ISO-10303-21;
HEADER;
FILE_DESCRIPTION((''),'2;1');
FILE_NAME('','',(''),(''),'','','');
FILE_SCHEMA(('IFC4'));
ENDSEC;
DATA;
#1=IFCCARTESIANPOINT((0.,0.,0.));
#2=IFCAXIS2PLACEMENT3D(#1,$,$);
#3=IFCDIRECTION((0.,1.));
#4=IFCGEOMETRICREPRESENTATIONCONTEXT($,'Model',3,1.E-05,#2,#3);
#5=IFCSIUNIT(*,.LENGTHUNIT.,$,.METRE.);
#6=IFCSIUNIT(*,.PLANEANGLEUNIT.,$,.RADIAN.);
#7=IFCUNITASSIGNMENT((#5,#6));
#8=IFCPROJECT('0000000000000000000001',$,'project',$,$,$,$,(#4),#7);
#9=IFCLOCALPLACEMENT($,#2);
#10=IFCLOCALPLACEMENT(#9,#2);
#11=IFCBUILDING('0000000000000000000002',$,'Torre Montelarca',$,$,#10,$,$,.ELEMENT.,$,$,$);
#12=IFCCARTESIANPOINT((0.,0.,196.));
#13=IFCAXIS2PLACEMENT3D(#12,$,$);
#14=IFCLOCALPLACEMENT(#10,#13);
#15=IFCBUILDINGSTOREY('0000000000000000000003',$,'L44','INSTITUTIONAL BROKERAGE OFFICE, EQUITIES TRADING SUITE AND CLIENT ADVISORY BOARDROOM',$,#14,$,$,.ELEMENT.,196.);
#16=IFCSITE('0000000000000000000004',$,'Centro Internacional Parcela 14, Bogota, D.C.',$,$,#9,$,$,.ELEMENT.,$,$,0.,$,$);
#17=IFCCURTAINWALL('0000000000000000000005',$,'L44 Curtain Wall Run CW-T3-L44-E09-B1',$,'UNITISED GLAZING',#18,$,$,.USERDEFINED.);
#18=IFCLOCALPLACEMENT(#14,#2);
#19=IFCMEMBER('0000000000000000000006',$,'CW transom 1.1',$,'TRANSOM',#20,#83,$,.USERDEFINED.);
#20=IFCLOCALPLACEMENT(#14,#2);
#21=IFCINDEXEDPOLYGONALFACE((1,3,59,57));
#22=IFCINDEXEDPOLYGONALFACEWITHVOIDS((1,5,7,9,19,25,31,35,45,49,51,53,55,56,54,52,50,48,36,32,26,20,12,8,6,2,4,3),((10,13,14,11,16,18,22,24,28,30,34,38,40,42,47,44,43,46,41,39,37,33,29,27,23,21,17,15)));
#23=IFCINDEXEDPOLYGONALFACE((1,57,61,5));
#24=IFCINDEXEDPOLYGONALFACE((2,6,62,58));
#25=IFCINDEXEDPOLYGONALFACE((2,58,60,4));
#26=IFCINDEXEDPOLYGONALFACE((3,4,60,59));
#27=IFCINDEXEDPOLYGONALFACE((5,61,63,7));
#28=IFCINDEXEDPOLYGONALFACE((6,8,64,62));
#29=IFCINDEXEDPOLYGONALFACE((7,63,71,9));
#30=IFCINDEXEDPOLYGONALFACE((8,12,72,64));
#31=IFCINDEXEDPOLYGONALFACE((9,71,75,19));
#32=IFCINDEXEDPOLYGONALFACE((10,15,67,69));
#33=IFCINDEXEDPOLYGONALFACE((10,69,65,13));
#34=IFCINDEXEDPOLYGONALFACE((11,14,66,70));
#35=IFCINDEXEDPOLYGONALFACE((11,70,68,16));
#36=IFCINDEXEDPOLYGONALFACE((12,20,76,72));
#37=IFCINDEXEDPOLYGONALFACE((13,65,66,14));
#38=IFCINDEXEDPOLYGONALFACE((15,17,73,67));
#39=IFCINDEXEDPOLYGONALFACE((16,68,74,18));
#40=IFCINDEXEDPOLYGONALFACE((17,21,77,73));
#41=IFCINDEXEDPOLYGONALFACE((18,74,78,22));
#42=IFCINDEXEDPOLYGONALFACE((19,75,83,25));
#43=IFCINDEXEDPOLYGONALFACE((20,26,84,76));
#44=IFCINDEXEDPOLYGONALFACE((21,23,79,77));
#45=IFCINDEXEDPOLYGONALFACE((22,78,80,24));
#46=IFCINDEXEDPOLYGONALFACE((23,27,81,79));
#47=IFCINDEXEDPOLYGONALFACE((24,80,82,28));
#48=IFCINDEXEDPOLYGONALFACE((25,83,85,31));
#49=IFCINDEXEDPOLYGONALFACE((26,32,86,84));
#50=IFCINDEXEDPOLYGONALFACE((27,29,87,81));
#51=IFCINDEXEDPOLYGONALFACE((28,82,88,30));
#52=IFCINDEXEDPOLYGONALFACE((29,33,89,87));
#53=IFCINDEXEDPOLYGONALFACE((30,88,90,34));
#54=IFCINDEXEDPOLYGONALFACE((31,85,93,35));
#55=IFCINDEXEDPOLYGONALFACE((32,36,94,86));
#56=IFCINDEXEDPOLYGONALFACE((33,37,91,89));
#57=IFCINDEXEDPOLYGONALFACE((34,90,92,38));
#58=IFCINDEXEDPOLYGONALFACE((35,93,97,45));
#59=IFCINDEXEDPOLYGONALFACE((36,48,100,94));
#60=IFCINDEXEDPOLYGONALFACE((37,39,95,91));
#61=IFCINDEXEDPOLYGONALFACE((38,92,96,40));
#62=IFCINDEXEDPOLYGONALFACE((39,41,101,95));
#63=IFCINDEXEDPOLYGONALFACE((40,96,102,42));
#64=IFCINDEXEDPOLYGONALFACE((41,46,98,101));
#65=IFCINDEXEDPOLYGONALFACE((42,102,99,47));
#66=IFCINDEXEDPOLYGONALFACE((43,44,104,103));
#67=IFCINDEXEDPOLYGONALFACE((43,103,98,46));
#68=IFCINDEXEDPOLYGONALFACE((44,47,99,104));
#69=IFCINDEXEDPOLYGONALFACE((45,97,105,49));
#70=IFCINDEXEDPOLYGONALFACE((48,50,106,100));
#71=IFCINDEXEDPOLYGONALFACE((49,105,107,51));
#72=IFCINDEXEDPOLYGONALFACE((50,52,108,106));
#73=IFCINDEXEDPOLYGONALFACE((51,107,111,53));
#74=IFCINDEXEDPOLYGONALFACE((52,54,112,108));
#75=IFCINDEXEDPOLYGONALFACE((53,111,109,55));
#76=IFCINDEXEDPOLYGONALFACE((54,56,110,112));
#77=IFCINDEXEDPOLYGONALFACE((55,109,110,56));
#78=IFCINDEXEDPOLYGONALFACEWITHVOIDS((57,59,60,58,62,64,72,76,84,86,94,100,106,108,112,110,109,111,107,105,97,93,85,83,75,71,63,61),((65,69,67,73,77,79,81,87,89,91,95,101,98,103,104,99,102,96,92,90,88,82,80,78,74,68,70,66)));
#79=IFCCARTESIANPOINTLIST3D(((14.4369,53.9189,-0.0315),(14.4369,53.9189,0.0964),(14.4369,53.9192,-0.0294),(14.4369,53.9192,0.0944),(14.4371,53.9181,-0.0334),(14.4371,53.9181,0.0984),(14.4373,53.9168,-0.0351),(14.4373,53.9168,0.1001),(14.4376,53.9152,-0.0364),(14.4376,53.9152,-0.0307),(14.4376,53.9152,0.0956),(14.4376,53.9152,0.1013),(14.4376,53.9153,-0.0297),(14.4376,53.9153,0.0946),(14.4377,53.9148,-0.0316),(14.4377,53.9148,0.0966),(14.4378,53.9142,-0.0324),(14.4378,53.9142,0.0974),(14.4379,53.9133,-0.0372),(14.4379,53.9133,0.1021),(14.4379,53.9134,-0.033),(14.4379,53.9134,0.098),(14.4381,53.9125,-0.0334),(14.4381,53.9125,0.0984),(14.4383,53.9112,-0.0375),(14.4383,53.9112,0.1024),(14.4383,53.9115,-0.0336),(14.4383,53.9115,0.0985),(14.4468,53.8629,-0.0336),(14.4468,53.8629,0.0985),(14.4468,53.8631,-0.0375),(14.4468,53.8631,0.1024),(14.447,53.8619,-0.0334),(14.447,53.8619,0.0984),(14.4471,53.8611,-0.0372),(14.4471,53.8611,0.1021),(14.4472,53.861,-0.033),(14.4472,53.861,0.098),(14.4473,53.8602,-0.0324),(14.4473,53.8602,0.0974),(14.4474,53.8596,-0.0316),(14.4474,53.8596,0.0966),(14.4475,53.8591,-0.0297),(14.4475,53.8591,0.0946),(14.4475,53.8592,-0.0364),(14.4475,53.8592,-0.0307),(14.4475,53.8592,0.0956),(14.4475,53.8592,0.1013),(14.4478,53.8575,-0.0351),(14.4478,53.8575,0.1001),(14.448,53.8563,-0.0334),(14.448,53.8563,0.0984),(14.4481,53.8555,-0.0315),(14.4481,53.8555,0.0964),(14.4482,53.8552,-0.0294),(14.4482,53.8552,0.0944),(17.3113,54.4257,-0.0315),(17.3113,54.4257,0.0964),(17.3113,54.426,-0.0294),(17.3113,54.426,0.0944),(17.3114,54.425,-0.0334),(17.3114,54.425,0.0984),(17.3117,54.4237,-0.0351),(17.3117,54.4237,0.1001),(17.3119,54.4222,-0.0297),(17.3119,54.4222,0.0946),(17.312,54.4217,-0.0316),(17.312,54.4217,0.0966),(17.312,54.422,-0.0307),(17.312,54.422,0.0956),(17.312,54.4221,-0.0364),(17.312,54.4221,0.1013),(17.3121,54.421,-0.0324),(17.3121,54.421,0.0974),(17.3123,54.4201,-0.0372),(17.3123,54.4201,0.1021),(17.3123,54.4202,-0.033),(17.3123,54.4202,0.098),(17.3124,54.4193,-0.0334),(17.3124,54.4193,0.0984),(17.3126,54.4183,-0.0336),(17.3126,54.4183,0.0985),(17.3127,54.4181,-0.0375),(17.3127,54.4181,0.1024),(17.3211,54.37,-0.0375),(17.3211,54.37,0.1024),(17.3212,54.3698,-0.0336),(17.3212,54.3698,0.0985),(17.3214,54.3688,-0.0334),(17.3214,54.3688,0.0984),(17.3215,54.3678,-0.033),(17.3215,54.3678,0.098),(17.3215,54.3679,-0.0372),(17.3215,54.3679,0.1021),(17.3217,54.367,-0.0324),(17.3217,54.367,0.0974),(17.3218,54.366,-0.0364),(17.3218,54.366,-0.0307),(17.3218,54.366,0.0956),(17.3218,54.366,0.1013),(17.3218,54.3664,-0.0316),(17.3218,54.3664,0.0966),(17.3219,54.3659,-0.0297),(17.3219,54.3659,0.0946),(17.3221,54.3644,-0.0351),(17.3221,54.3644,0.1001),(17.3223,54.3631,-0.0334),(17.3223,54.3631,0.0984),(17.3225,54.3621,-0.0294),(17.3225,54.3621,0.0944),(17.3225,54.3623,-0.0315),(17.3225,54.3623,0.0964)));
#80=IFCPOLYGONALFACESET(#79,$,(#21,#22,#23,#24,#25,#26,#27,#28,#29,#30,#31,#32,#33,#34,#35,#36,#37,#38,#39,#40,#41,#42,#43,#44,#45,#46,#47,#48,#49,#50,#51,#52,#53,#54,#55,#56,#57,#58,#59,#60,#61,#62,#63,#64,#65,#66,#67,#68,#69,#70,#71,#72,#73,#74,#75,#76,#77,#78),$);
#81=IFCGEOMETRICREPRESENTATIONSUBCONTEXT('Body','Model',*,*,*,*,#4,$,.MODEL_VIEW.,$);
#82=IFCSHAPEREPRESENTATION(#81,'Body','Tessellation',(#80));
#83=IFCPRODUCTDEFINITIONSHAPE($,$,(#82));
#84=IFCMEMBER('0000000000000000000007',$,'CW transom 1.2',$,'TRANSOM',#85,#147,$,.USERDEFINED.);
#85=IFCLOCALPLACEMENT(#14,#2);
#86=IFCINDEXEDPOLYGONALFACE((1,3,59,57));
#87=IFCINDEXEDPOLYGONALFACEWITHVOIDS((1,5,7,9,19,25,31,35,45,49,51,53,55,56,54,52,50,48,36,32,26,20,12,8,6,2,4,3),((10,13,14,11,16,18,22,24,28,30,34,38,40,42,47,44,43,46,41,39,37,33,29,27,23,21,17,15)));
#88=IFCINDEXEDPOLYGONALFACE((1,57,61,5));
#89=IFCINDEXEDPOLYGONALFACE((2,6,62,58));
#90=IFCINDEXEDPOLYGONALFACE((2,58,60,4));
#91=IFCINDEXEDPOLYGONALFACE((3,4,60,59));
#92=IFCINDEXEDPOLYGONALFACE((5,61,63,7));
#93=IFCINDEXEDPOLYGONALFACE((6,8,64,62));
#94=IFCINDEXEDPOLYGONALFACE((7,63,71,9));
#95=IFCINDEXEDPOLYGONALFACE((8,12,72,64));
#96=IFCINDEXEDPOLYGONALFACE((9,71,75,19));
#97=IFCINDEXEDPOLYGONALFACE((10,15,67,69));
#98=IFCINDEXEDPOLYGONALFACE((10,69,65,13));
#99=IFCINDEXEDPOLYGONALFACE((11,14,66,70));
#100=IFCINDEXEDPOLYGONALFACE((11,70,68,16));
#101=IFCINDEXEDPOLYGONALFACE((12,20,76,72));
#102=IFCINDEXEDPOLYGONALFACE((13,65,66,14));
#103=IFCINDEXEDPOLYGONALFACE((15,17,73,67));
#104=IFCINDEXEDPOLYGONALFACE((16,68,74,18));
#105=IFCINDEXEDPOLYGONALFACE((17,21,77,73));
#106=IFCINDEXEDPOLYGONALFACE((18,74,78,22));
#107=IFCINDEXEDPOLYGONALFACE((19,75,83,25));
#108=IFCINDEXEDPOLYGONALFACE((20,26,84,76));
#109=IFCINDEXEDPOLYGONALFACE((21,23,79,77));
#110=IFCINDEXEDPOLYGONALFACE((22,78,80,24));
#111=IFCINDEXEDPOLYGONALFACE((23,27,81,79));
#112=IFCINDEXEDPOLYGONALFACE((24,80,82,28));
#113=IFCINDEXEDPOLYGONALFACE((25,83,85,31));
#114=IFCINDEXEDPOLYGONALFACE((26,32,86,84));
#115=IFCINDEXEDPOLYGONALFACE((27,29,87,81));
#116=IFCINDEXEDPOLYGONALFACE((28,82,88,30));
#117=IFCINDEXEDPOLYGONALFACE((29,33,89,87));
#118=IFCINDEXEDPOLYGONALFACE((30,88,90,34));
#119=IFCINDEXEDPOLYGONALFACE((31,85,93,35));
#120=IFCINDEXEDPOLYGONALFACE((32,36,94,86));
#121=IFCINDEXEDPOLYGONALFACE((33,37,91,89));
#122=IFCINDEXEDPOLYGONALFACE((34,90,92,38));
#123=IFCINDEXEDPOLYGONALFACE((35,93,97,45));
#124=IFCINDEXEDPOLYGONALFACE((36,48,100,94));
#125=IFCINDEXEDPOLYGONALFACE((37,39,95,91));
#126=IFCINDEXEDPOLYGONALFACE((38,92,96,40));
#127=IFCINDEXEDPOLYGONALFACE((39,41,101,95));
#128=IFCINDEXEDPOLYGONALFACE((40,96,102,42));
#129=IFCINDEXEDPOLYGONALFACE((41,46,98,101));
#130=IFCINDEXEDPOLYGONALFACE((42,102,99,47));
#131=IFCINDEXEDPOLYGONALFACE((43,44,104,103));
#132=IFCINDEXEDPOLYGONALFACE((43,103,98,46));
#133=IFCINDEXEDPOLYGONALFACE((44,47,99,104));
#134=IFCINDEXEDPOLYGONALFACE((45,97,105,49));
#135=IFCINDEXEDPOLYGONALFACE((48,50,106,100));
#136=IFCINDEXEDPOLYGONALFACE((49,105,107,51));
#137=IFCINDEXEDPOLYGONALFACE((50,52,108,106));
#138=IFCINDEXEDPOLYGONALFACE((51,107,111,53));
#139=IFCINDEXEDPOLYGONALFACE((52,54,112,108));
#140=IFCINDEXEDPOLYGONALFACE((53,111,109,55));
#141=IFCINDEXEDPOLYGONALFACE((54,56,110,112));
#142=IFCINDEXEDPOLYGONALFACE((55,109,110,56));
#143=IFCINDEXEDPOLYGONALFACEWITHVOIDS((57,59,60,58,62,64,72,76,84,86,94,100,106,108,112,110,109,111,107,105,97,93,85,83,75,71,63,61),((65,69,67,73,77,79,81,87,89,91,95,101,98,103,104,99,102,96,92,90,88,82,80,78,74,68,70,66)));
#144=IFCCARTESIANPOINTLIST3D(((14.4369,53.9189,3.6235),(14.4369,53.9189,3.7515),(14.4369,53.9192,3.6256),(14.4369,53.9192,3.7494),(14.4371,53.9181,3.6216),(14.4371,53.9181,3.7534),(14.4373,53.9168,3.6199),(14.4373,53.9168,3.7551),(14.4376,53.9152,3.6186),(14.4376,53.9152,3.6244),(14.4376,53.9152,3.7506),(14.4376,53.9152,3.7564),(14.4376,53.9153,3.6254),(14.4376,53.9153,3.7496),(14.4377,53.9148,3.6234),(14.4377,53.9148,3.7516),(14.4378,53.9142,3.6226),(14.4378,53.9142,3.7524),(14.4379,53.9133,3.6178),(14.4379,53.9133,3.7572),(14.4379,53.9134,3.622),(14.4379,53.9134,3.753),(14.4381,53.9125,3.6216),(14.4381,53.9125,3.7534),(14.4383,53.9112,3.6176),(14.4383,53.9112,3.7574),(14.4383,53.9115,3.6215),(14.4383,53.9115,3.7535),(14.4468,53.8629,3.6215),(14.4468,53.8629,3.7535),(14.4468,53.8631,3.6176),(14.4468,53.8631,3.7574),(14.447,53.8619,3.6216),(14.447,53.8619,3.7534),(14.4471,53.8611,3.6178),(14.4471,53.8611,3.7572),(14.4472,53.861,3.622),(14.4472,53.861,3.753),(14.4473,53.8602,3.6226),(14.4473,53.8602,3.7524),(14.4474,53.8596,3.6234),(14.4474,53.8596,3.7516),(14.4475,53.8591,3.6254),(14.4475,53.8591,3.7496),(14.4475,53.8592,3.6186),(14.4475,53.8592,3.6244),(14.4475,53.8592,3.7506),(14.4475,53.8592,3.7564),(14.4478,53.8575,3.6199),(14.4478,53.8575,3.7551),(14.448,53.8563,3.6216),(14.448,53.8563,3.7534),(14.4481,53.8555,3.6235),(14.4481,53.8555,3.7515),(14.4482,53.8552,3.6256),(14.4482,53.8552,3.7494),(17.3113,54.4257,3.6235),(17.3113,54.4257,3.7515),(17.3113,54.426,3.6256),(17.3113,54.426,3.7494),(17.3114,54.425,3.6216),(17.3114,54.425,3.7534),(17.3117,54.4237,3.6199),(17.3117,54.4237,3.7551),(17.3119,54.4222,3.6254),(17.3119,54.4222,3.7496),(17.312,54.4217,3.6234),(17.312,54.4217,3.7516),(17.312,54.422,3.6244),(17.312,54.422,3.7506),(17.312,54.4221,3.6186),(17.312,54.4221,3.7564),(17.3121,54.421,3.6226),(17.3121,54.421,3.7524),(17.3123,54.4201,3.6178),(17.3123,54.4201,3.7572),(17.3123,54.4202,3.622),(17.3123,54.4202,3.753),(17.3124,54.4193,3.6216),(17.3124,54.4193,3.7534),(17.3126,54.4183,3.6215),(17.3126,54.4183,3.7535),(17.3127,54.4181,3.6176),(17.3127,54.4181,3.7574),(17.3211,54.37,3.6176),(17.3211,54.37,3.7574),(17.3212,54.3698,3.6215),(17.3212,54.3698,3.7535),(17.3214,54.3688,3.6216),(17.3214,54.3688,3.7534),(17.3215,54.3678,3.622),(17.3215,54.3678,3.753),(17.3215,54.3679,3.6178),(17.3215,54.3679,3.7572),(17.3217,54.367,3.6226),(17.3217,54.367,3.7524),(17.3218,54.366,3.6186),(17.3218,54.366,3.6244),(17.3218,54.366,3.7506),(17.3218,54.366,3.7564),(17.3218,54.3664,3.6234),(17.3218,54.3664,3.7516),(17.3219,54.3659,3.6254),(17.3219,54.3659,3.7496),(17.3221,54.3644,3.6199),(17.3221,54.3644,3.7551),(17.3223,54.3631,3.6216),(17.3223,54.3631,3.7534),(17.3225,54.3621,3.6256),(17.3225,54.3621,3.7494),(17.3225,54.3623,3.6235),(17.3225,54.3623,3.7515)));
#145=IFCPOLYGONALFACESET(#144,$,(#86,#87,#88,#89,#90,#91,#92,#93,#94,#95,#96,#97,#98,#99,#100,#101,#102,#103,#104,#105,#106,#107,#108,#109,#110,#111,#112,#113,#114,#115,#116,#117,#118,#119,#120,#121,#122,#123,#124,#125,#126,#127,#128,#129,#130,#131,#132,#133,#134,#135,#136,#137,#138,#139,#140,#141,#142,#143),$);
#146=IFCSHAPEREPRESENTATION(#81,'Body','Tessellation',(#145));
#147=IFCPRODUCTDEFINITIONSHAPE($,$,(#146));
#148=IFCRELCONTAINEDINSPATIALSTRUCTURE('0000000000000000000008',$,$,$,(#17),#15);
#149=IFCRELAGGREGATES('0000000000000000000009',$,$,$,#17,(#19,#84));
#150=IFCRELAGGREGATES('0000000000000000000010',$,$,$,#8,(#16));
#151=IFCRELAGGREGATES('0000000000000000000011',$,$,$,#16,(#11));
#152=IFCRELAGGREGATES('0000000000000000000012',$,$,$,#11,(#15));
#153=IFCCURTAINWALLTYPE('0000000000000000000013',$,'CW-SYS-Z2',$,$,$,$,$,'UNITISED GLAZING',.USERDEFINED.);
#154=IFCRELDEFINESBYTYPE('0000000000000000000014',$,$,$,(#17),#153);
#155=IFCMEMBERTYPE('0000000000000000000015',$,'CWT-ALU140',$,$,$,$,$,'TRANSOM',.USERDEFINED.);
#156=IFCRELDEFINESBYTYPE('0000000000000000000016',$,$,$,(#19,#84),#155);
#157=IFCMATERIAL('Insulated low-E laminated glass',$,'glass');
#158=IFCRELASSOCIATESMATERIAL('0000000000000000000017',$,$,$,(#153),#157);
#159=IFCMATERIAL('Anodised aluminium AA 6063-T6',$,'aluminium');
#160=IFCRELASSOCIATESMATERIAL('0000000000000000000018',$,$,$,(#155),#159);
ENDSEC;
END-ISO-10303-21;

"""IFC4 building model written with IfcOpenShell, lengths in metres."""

from ifc_helpers import new_model, si_unit, direction, frame, origin, origin_2d, place, context, subcontext, project, spatial, hollow_rectangle, extrude, source, transform, mapped, material, material_profile, profile_set, type_object, element, aggregate, save


model = new_model("IFC4")

# Units and contexts
model_context = context("Model", 3, precision=1e-05, world=origin(), true_north=direction((0.0, 1.0)))
body_context = subcontext(model_context, "Body", "Model", "MODEL_VIEW")
ifc_project = project(units=[si_unit("LENGTHUNIT", "METRE"), si_unit("PLANEANGLEUNIT", "RADIAN")], contexts=[model_context])

# Site, building, storey
site_placement = place(None, origin())
site = spatial("IfcSite", under=ifc_project, at=site_placement, Name="Centro Internacional Parcela 14, Bogota, D.C.", CompositionType="ELEMENT", RefElevation=0.0)
building_placement = place(site_placement, origin())
building = spatial("IfcBuilding", under=site, at=building_placement, Name="Torre Montelarca", CompositionType="ELEMENT")
storey_placement = place(building_placement, frame((0.0, 0.0, 196.0)))
storey = spatial("IfcBuildingStorey", under=building, at=storey_placement, Name="L44", Description="INSTITUTIONAL BROKERAGE OFFICE, EQUITIES TRADING SUITE AND CLIENT ADVISORY BOARDROOM", CompositionType="ELEMENT", Elevation=196.0)

# Curtain wall, members
ifc_material_1 = material(Name="Insulated low-E laminated glass", Category="glass")
curtain_wall_type = type_object("IfcCurtainWallType", Name="CW-SYS-Z2", ElementType="UNITISED GLAZING", PredefinedType="USERDEFINED", material=ifc_material_1)
curtain_wall_1_placement = place(storey_placement, origin())
curtain_wall_1 = element("IfcCurtainWall", 1, at=curtain_wall_1_placement, inside=storey, type_object=curtain_wall_type, Name="L44 Curtain Wall Run CW-T3-L44-E09-B1", ObjectType="UNITISED GLAZING", PredefinedType="USERDEFINED")
ifc_material_2 = material(Name="Anodised aluminium AA 6063-T6", Category="aluminium")
ifc_material_profile_1 = material_profile(ifc_material_2, hollow_rectangle(XDim=0.0649, YDim=0.1399, WallThickness=0.0039, InnerFilletRadius=0.0039, OuterFilletRadius=0.0081, at=origin_2d()), Name="ALU65X140X4", Category="aluminium")
ifc_profile_set_1 = profile_set([ifc_material_profile_1], Name="Anodised aluminium AA 6063-T6")
member_type_1 = type_object("IfcMemberType", Name="CWT-ALU140", ElementType="TRANSOM", PredefinedType="USERDEFINED", material=ifc_profile_set_1)
shared_shape_1 = source(origin(), body_context, "Body", "SweptSolid", [
    extrude(hollow_rectangle(XDim=0.0649, YDim=0.1399, WallThickness=0.0039, InnerFilletRadius=0.0039, OuterFilletRadius=0.0081, at=origin_2d()), origin(), (0.0, 0.0, 1.0), 2.9187),
])
member_1_placement = place(storey_placement, frame((17.3169, 54.394, 0.0325), z_axis=(-0.984806, -0.173656, 0.0), x_axis=(0.173656, -0.984806, 0.0)))
member_1 = element("IfcMember", 2, at=member_1_placement, type_object=member_type_1, Name="CW transom 1.1", ObjectType="TRANSOM", PredefinedType="USERDEFINED", context=body_context, shape_type="MappedRepresentation", body=[
    mapped(shared_shape_1, transform((0.0, 0.0, 0.0), scale=1.0)),
])
member_2_placement = place(storey_placement, frame((17.3169, 54.394, 3.6875), z_axis=(-0.984806, -0.173656, 0.0), x_axis=(0.173656, -0.984806, 0.0)))
member_2 = element("IfcMember", 3, at=member_2_placement, type_object=member_type_1, Name="CW transom 1.2", ObjectType="TRANSOM", PredefinedType="USERDEFINED", context=body_context, shape_type="MappedRepresentation", body=[
    mapped(shared_shape_1, transform((0.0, 0.0, 0.0), scale=1.0)),
])

aggregate(curtain_wall_1, [member_1, member_2])

save(model, "model.ifc")
